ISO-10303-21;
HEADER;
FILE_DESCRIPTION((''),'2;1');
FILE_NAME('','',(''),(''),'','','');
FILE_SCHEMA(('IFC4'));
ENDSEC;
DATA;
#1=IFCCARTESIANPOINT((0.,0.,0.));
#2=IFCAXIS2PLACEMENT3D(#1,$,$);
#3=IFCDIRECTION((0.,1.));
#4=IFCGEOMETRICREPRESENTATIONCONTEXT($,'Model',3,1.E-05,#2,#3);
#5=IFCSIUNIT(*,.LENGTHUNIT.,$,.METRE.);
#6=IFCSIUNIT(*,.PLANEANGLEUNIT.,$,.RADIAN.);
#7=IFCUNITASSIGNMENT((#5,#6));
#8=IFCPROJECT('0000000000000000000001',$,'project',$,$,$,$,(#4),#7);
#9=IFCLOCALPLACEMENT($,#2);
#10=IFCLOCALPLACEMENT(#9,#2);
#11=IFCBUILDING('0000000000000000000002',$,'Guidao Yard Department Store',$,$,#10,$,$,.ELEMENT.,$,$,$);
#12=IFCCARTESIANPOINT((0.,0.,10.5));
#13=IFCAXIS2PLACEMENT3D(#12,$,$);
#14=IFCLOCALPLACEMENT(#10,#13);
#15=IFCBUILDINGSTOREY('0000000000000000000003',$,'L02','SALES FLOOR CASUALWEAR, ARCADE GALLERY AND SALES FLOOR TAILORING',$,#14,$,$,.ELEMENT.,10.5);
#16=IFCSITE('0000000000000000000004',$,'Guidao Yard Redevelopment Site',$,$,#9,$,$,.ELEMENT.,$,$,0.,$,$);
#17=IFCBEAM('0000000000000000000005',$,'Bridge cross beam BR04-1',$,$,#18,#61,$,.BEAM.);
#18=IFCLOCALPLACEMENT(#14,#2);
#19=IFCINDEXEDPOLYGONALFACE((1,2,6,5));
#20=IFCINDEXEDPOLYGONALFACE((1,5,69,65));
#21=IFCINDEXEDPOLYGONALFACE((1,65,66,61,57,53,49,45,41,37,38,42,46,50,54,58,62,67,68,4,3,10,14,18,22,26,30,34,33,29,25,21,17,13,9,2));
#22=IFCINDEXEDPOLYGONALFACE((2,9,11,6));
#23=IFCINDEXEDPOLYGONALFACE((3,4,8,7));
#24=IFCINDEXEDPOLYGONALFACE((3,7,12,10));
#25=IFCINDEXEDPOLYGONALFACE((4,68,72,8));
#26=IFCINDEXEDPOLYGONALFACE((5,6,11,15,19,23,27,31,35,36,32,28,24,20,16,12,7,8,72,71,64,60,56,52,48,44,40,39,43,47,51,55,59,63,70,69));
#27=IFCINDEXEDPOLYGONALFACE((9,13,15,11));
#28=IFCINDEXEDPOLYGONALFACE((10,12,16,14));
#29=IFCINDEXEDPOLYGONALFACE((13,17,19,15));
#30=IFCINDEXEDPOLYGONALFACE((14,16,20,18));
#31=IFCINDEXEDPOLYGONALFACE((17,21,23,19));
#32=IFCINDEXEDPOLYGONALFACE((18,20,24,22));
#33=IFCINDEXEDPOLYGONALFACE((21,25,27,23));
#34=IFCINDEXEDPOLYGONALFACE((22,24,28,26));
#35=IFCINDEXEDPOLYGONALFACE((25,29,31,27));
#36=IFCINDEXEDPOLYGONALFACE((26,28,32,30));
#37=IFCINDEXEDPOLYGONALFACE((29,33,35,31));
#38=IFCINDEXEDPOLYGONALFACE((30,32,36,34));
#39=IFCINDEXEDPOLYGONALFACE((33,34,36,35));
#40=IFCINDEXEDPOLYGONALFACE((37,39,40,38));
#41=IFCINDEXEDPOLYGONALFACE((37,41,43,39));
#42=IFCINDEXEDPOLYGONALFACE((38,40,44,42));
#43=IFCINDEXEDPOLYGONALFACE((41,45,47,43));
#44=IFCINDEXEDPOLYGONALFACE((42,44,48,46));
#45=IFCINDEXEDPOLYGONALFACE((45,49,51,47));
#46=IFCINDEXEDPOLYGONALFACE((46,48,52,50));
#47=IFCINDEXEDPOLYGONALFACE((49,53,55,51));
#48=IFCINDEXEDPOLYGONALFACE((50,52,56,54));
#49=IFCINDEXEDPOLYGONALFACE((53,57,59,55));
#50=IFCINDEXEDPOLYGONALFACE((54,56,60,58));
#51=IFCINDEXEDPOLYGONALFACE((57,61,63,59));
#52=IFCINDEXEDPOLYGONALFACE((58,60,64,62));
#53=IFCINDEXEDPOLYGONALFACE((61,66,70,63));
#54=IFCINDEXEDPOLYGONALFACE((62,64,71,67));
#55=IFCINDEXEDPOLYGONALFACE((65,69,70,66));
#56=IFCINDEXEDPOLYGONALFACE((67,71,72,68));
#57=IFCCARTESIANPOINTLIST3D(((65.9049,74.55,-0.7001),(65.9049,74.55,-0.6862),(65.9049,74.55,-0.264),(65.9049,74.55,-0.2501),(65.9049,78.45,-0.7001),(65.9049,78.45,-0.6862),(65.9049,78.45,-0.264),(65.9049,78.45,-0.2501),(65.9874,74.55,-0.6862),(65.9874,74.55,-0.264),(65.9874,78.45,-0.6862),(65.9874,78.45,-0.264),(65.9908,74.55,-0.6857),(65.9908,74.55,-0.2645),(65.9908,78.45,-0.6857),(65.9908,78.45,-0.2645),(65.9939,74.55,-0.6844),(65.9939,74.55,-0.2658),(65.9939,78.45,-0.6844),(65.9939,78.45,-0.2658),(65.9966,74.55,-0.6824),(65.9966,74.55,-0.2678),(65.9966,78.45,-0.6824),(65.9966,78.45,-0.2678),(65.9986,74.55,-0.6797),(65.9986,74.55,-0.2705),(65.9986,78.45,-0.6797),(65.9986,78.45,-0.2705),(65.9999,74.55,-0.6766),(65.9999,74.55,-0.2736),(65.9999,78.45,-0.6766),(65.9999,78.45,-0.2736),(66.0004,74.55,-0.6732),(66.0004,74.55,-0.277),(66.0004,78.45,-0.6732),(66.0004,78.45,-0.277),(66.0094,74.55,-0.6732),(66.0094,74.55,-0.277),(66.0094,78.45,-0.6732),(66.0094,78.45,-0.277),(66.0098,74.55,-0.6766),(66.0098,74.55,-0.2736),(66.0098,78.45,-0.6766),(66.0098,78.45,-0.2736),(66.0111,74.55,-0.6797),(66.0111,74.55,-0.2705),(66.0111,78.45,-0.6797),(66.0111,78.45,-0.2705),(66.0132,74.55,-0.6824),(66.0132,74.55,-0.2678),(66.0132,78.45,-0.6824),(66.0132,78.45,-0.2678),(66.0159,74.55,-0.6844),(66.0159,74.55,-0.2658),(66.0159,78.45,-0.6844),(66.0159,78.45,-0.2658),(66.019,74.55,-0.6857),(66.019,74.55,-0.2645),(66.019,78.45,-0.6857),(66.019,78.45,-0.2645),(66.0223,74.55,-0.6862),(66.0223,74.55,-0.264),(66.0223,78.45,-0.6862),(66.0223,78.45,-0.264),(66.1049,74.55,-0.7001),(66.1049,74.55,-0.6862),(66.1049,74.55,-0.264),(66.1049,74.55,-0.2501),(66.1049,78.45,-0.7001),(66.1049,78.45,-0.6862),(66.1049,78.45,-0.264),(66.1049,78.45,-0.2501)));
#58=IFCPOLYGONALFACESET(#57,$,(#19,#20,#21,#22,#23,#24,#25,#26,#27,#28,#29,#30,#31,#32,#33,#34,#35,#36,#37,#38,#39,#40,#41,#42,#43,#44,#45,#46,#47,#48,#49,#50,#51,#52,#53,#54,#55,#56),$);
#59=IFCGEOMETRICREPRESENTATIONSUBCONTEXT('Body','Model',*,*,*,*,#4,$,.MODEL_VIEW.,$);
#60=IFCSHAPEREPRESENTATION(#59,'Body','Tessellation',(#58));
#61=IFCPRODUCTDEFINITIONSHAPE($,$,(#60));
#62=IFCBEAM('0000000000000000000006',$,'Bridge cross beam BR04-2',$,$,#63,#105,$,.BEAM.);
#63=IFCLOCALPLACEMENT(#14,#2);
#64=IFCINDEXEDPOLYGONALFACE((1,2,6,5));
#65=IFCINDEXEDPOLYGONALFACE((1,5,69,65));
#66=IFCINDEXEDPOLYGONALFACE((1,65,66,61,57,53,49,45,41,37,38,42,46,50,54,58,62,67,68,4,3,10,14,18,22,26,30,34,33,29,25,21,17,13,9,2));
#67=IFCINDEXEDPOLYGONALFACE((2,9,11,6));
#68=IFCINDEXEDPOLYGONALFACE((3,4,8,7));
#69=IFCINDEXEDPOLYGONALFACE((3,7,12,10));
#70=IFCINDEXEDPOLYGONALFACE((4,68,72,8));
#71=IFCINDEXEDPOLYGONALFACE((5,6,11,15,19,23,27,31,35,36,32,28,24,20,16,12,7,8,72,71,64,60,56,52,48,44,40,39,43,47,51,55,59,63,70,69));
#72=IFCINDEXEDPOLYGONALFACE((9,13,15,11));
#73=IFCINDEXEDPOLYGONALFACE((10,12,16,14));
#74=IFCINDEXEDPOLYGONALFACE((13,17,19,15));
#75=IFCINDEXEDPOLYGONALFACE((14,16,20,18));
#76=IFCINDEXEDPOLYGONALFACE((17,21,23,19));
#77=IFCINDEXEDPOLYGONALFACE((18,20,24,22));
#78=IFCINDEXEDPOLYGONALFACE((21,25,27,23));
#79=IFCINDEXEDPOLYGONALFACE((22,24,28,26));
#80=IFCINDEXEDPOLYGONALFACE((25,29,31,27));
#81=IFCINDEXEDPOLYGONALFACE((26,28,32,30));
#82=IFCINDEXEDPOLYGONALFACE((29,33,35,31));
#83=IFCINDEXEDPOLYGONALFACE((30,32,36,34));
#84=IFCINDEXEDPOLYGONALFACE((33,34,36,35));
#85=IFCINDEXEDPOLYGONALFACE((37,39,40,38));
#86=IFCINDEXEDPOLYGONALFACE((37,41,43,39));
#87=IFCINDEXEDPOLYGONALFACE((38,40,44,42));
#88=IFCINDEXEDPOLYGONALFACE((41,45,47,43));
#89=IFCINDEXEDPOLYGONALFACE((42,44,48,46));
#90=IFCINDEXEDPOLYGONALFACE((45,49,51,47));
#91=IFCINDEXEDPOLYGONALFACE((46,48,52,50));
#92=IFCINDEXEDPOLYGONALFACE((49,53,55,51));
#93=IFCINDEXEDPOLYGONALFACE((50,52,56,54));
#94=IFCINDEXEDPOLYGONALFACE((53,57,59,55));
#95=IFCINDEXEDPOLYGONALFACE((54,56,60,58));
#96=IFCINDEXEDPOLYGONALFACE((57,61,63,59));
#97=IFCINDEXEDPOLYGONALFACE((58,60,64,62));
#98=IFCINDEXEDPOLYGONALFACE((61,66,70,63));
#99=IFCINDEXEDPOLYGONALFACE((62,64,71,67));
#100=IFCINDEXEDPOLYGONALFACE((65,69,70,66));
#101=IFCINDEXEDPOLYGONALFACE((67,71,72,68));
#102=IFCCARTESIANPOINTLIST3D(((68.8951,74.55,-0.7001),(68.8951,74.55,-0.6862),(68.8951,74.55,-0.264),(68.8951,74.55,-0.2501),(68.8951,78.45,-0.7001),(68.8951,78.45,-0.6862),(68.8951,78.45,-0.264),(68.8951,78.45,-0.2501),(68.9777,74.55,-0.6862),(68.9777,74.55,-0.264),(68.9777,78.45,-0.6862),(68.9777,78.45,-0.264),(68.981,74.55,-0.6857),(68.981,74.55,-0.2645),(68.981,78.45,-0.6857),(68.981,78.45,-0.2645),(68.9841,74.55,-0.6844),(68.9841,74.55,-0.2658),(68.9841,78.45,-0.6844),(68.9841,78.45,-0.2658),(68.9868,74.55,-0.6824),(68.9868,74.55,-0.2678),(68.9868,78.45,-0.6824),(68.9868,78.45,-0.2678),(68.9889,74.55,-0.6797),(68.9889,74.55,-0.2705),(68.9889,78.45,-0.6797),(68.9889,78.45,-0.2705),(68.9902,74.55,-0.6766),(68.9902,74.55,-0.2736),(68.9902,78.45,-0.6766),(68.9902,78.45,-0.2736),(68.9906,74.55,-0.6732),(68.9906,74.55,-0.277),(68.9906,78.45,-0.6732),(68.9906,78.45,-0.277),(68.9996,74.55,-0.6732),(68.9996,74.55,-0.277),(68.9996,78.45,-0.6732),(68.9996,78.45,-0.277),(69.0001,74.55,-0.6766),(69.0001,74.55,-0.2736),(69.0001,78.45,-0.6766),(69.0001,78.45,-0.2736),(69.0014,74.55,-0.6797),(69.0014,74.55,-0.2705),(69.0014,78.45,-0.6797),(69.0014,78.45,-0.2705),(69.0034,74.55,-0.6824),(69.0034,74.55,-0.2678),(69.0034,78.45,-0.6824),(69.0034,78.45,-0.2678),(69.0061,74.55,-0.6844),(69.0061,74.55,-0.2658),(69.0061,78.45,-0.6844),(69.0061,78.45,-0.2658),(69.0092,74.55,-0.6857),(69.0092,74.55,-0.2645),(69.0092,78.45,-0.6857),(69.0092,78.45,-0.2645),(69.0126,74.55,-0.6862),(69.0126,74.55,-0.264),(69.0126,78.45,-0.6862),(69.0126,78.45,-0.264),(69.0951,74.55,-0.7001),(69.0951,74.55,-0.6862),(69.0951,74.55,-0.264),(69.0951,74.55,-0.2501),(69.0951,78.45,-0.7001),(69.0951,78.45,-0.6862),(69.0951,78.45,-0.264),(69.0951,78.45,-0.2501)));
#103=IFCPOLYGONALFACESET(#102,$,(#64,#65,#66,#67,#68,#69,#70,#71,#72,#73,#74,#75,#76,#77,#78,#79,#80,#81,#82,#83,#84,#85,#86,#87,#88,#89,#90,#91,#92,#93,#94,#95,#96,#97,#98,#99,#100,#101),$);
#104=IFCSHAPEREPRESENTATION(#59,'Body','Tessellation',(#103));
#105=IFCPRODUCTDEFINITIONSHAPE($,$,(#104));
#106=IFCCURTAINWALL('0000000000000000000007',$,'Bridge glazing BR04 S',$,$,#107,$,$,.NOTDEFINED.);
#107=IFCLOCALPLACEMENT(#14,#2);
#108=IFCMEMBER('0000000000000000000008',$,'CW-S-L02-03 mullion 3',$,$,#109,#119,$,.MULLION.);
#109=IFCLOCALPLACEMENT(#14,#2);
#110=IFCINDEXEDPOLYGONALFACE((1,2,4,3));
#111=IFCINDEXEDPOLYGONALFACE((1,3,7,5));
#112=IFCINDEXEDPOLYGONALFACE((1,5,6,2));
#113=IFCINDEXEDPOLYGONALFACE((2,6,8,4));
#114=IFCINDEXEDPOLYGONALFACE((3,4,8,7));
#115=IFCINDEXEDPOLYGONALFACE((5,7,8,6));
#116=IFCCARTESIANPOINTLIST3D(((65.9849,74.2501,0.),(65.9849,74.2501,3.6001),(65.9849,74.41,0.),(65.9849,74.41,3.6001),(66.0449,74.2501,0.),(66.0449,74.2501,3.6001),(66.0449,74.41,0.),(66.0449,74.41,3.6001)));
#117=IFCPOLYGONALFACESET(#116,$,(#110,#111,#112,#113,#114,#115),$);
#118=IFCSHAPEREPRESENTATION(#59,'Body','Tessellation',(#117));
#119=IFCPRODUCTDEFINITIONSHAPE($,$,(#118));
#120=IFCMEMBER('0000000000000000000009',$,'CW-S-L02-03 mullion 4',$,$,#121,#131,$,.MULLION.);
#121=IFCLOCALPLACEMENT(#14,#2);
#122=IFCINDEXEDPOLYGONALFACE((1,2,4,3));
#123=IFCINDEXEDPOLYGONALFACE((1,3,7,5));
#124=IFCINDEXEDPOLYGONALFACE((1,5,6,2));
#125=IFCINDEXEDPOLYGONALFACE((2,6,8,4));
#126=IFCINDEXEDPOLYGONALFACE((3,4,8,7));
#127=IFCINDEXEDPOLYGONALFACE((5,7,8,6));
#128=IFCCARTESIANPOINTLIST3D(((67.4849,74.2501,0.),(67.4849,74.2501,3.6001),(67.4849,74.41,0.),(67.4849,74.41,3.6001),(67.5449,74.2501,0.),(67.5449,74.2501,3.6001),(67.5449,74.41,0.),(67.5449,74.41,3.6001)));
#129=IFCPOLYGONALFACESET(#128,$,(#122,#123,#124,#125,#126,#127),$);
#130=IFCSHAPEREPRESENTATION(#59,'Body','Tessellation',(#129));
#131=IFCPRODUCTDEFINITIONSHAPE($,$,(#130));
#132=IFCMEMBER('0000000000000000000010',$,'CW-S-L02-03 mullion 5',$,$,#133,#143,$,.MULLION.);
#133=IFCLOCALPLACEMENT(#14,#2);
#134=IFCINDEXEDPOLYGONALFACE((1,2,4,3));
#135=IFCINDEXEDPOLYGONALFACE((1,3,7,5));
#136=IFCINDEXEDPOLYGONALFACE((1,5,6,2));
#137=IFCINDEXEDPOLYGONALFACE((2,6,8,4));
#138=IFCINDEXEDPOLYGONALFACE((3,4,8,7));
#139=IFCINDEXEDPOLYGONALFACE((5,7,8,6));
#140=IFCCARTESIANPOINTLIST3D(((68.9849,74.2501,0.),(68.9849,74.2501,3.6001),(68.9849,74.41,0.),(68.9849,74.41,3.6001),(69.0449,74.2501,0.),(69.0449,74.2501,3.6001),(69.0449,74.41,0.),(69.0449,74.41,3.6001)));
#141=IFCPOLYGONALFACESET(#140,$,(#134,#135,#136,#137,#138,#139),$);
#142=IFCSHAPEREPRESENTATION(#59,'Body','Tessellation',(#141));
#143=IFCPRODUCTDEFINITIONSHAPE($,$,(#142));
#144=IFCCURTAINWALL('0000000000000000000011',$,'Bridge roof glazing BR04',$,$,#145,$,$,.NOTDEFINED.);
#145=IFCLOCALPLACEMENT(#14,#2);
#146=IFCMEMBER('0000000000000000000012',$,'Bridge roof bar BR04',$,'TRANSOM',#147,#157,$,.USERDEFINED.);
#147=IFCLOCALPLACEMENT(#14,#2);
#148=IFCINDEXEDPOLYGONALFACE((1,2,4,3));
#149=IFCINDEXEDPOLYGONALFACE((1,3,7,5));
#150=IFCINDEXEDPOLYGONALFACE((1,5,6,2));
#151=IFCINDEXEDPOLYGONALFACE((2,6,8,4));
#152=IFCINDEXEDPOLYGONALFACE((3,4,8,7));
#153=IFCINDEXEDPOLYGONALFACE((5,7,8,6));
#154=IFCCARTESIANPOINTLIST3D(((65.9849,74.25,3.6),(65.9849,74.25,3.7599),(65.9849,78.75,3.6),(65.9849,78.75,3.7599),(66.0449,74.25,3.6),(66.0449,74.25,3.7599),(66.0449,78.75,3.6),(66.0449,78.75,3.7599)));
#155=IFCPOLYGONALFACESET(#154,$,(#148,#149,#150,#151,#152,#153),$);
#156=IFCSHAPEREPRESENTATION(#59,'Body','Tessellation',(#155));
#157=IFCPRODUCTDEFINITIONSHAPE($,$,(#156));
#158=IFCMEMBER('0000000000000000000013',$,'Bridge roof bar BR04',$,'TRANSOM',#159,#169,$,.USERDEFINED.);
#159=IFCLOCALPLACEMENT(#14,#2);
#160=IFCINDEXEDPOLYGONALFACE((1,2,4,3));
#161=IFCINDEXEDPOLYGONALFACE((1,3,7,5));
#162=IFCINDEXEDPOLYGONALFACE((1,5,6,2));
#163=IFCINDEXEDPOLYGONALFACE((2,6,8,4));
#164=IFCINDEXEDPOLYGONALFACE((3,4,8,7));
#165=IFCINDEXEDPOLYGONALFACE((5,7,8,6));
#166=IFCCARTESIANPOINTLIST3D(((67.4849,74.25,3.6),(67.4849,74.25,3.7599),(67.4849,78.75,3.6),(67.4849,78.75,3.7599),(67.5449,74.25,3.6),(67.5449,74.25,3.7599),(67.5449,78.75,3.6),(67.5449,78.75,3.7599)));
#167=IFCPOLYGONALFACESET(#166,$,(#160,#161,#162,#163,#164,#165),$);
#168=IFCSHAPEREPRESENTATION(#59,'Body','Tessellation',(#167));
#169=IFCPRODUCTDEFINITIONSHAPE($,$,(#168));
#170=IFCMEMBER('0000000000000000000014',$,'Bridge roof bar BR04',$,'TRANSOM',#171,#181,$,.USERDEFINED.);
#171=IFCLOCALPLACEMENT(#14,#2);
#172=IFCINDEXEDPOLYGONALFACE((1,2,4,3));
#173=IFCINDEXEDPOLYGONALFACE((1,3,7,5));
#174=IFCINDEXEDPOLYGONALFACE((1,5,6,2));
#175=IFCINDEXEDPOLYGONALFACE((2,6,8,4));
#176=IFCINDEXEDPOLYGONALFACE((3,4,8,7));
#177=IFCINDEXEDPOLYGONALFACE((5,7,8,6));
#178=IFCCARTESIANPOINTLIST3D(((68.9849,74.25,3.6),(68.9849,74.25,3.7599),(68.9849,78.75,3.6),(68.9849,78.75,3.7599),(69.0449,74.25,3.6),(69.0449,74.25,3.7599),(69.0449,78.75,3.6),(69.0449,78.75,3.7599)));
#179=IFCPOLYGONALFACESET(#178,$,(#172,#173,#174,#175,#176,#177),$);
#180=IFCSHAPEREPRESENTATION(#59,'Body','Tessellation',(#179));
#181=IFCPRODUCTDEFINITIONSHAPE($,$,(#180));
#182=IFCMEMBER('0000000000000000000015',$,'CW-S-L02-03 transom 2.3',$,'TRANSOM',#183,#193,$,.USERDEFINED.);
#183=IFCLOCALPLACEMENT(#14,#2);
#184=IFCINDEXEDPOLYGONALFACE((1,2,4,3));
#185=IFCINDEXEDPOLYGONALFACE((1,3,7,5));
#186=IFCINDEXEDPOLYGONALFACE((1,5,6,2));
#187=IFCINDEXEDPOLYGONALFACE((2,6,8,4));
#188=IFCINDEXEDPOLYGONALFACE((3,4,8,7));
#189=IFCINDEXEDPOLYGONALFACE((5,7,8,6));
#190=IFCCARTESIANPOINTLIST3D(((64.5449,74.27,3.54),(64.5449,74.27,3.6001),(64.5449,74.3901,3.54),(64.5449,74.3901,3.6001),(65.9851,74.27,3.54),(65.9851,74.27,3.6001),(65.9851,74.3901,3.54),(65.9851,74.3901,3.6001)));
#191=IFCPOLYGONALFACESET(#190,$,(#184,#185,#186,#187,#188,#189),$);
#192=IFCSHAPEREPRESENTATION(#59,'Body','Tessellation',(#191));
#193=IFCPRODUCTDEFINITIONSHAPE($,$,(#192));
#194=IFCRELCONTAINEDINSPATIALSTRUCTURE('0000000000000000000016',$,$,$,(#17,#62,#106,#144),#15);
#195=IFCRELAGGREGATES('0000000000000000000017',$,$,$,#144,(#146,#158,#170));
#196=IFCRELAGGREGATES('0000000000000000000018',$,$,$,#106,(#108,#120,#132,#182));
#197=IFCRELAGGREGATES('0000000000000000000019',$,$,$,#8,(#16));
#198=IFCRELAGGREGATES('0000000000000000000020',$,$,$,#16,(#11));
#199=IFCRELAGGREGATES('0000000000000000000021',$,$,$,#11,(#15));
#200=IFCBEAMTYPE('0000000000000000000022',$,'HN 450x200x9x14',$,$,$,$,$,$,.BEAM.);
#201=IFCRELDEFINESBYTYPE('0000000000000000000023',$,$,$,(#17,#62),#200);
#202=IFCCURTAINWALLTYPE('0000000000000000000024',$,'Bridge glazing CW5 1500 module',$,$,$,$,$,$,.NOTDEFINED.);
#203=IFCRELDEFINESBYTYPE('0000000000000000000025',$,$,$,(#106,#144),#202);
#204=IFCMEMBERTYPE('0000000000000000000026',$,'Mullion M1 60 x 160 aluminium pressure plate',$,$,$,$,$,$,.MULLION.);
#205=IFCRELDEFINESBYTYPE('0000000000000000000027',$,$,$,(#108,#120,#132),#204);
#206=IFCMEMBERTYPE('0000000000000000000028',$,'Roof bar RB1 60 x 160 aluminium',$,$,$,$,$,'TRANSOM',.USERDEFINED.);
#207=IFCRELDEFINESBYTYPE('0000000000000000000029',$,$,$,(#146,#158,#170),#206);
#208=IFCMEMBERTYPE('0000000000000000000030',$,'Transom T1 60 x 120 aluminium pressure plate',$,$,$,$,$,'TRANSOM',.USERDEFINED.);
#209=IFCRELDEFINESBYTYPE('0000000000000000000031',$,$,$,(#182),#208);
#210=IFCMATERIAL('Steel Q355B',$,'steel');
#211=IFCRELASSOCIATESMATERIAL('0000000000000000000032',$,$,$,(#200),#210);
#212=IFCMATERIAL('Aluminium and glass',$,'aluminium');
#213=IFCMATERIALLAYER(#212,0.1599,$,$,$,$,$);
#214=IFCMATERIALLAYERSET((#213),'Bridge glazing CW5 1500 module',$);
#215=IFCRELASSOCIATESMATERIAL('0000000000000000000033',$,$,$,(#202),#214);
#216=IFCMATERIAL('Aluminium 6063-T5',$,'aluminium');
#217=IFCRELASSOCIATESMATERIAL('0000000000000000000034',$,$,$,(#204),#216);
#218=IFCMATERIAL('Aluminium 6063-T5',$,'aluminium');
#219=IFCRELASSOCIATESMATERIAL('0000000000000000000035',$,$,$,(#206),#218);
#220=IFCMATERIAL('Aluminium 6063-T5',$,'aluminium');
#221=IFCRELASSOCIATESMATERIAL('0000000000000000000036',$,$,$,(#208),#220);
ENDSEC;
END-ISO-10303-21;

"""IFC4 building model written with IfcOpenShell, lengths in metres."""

from ifc_helpers import new_model, si_unit, direction, frame, origin, origin_2d, place, context, subcontext, project, spatial, rectangle, i_section, extrude, material, layer, layer_set, material_profile, profile_set, type_object, element, aggregate, save


model = new_model("IFC4")

# Units and contexts
model_context = context("Model", 3, precision=1e-05, world=origin(), true_north=direction((0.0, 1.0)))
body_context = subcontext(model_context, "Body", "Model", "MODEL_VIEW")
ifc_project = project(units=[si_unit("LENGTHUNIT", "METRE"), si_unit("PLANEANGLEUNIT", "RADIAN")], contexts=[model_context])

# Site, building, storey
site_placement = place(None, origin())
site = spatial("IfcSite", under=ifc_project, at=site_placement, Name="Guidao Yard Redevelopment Site", CompositionType="ELEMENT", RefElevation=0.0)
building_placement = place(site_placement, origin())
building = spatial("IfcBuilding", under=site, at=building_placement, Name="Guidao Yard Department Store", CompositionType="ELEMENT")
storey_placement = place(building_placement, frame((0.0, 0.0, 10.5)))
storey = spatial("IfcBuildingStorey", under=building, at=storey_placement, Name="L02", Description="SALES FLOOR CASUALWEAR, ARCADE GALLERY AND SALES FLOOR TAILORING", CompositionType="ELEMENT", Elevation=10.5)

# Beams
ifc_material_1 = material(Name="Steel Q355B", Category="steel")
ifc_material_profile_1 = material_profile(ifc_material_1, i_section(OverallWidth=0.2, OverallDepth=0.45, WebThickness=0.009, FlangeThickness=0.0139, FilletRadius=0.0129, at=origin_2d()), Name="HN 450x200x9x14")
ifc_profile_set_1 = profile_set([ifc_material_profile_1], Name="Steel Q355B")
beam_type = type_object("IfcBeamType", Name="HN 450x200x9x14", PredefinedType="BEAM", material=ifc_profile_set_1)
for number, where, z_axis, x_axis, name in (
    (1, (66.0049, 74.55, -0.4751), (0.0, 1.0, 0.0), (-1.0, 0.0, 0.0), "Bridge cross beam BR04-1"),
    (2, (68.9951, 74.55, -0.4751), (0.0, 1.0, 0.0), (-1.0, 0.0, 0.0), "Bridge cross beam BR04-2"),
):
    element("IfcBeam", number, at=place(storey_placement, frame(where, z_axis=z_axis, x_axis=x_axis)), inside=storey, type_object=beam_type, Name=name, PredefinedType="BEAM", context=body_context, shape_type="SweptSolid", body=[
        extrude(i_section(OverallWidth=0.2, OverallDepth=0.45, WebThickness=0.009, FlangeThickness=0.0139, FilletRadius=0.0129, at=origin_2d()), origin(), (0.0, 0.0, 1.0), 3.8999),
    ])

# Curtain walls, members
ifc_material_2 = material(Name="Aluminium and glass", Category="aluminium")
ifc_layer_1 = layer(ifc_material_2, 0.1599)
ifc_layer_set_1 = layer_set([ifc_layer_1], Name="Bridge glazing CW5 1500 module")
curtain_wall_type = type_object("IfcCurtainWallType", Name="Bridge glazing CW5 1500 module", PredefinedType="NOTDEFINED", material=ifc_layer_set_1)
curtain_wall_1_placement = place(storey_placement, origin())
curtain_wall_1 = element("IfcCurtainWall", 3, at=curtain_wall_1_placement, inside=storey, type_object=curtain_wall_type, Name="Bridge glazing BR04 S", PredefinedType="NOTDEFINED")
ifc_material_3 = material(Name="Aluminium 6063-T5", Category="aluminium")
ifc_material_profile_2 = material_profile(ifc_material_3, rectangle(XDim=0.0601, YDim=0.1599, at=origin_2d()), Name="Mullion M1 60 x 160 aluminium pressure plate")
ifc_profile_set_2 = profile_set([ifc_material_profile_2], Name="Aluminium 6063-T5")
member_type_1 = type_object("IfcMemberType", Name="Mullion M1 60 x 160 aluminium pressure plate", PredefinedType="MULLION", material=ifc_profile_set_2)
member_1_placement = place(storey_placement, frame((66.0149, 74.3301, 0.0), z_axis=(0.0, 0.0, 1.0), x_axis=(-1.0, 0.0, 0.0)))
member_1 = element("IfcMember", 4, at=member_1_placement, type_object=member_type_1, Name="CW-S-L02-03 mullion 3", PredefinedType="MULLION", context=body_context, shape_type="SweptSolid", body=[
    extrude(rectangle(XDim=0.0601, YDim=0.1599, at=origin_2d()), origin(), (0.0, 0.0, 1.0), 3.6001),
])
member_2_placement = place(storey_placement, frame((67.5149, 74.3301, 0.0), z_axis=(0.0, 0.0, 1.0), x_axis=(-1.0, 0.0, 0.0)))
member_2 = element("IfcMember", 5, at=member_2_placement, type_object=member_type_1, Name="CW-S-L02-03 mullion 4", PredefinedType="MULLION", context=body_context, shape_type="SweptSolid", body=[
    extrude(rectangle(XDim=0.0601, YDim=0.1599, at=origin_2d()), origin(), (0.0, 0.0, 1.0), 3.6001),
])
member_3_placement = place(storey_placement, frame((69.0149, 74.3301, 0.0), z_axis=(0.0, 0.0, 1.0), x_axis=(-1.0, 0.0, 0.0)))
member_3 = element("IfcMember", 6, at=member_3_placement, type_object=member_type_1, Name="CW-S-L02-03 mullion 5", PredefinedType="MULLION", context=body_context, shape_type="SweptSolid", body=[
    extrude(rectangle(XDim=0.0601, YDim=0.1599, at=origin_2d()), origin(), (0.0, 0.0, 1.0), 3.6001),
])
curtain_wall_2_placement = place(storey_placement, origin())
curtain_wall_2 = element("IfcCurtainWall", 7, at=curtain_wall_2_placement, inside=storey, type_object=curtain_wall_type, Name="Bridge roof glazing BR04", PredefinedType="NOTDEFINED")
ifc_material_4 = material(Name="Aluminium 6063-T5", Category="aluminium")
ifc_material_profile_3 = material_profile(ifc_material_4, rectangle(XDim=0.0601, YDim=0.1599, at=origin_2d()), Name="Roof bar RB1 60 x 160 aluminium")
ifc_profile_set_3 = profile_set([ifc_material_profile_3], Name="Aluminium 6063-T5")
member_type_2 = type_object("IfcMemberType", Name="Roof bar RB1 60 x 160 aluminium", ElementType="TRANSOM", PredefinedType="USERDEFINED", material=ifc_profile_set_3)
member_4_placement = place(storey_placement, frame((66.0149, 74.25, 3.6799), z_axis=(0.0, 1.0, 0.0), x_axis=(-1.0, 0.0, 0.0)))
member_4 = element("IfcMember", 8, at=member_4_placement, type_object=member_type_2, Name="Bridge roof bar BR04", ObjectType="TRANSOM", PredefinedType="USERDEFINED", context=body_context, shape_type="SweptSolid", body=[
    extrude(rectangle(XDim=0.0601, YDim=0.1599, at=origin_2d()), origin(), (0.0, 0.0, 1.0), 4.5),
])
member_5_placement = place(storey_placement, frame((67.5149, 74.25, 3.6799), z_axis=(0.0, 1.0, 0.0), x_axis=(-1.0, 0.0, 0.0)))
member_5 = element("IfcMember", 9, at=member_5_placement, type_object=member_type_2, Name="Bridge roof bar BR04", ObjectType="TRANSOM", PredefinedType="USERDEFINED", context=body_context, shape_type="SweptSolid", body=[
    extrude(rectangle(XDim=0.0601, YDim=0.1599, at=origin_2d()), origin(), (0.0, 0.0, 1.0), 4.5),
])
member_6_placement = place(storey_placement, frame((69.0149, 74.25, 3.6799), z_axis=(0.0, 1.0, 0.0), x_axis=(-1.0, 0.0, 0.0)))
member_6 = element("IfcMember", 10, at=member_6_placement, type_object=member_type_2, Name="Bridge roof bar BR04", ObjectType="TRANSOM", PredefinedType="USERDEFINED", context=body_context, shape_type="SweptSolid", body=[
    extrude(rectangle(XDim=0.0601, YDim=0.1599, at=origin_2d()), origin(), (0.0, 0.0, 1.0), 4.5),
])

# Member
ifc_material_5 = material(Name="Aluminium 6063-T5", Category="aluminium")
ifc_material_profile_4 = material_profile(ifc_material_5, rectangle(XDim=0.1201, YDim=0.0601, at=origin_2d()), Name="Transom T1 60 x 120 aluminium pressure plate")
ifc_profile_set_4 = profile_set([ifc_material_profile_4], Name="Aluminium 6063-T5")
member_type_3 = type_object("IfcMemberType", Name="Transom T1 60 x 120 aluminium pressure plate", ElementType="TRANSOM", PredefinedType="USERDEFINED", material=ifc_profile_set_4)
member_7_placement = place(storey_placement, frame((65.9851, 74.3301, 3.5701), z_axis=(-1.0, 0.0, 0.0), x_axis=(0.0, -1.0, 0.0)))
member_7 = element("IfcMember", 11, at=member_7_placement, type_object=member_type_3, Name="CW-S-L02-03 transom 2.3", ObjectType="TRANSOM", PredefinedType="USERDEFINED", context=body_context, shape_type="SweptSolid", body=[
    extrude(rectangle(XDim=0.1201, YDim=0.0601, at=origin_2d()), origin(), (0.0, 0.0, 1.0), 1.4402),
])

aggregate(curtain_wall_2, [member_4, member_5, member_6])
aggregate(curtain_wall_1, [member_1, member_2, member_3, member_7])

save(model, "model.ifc")
